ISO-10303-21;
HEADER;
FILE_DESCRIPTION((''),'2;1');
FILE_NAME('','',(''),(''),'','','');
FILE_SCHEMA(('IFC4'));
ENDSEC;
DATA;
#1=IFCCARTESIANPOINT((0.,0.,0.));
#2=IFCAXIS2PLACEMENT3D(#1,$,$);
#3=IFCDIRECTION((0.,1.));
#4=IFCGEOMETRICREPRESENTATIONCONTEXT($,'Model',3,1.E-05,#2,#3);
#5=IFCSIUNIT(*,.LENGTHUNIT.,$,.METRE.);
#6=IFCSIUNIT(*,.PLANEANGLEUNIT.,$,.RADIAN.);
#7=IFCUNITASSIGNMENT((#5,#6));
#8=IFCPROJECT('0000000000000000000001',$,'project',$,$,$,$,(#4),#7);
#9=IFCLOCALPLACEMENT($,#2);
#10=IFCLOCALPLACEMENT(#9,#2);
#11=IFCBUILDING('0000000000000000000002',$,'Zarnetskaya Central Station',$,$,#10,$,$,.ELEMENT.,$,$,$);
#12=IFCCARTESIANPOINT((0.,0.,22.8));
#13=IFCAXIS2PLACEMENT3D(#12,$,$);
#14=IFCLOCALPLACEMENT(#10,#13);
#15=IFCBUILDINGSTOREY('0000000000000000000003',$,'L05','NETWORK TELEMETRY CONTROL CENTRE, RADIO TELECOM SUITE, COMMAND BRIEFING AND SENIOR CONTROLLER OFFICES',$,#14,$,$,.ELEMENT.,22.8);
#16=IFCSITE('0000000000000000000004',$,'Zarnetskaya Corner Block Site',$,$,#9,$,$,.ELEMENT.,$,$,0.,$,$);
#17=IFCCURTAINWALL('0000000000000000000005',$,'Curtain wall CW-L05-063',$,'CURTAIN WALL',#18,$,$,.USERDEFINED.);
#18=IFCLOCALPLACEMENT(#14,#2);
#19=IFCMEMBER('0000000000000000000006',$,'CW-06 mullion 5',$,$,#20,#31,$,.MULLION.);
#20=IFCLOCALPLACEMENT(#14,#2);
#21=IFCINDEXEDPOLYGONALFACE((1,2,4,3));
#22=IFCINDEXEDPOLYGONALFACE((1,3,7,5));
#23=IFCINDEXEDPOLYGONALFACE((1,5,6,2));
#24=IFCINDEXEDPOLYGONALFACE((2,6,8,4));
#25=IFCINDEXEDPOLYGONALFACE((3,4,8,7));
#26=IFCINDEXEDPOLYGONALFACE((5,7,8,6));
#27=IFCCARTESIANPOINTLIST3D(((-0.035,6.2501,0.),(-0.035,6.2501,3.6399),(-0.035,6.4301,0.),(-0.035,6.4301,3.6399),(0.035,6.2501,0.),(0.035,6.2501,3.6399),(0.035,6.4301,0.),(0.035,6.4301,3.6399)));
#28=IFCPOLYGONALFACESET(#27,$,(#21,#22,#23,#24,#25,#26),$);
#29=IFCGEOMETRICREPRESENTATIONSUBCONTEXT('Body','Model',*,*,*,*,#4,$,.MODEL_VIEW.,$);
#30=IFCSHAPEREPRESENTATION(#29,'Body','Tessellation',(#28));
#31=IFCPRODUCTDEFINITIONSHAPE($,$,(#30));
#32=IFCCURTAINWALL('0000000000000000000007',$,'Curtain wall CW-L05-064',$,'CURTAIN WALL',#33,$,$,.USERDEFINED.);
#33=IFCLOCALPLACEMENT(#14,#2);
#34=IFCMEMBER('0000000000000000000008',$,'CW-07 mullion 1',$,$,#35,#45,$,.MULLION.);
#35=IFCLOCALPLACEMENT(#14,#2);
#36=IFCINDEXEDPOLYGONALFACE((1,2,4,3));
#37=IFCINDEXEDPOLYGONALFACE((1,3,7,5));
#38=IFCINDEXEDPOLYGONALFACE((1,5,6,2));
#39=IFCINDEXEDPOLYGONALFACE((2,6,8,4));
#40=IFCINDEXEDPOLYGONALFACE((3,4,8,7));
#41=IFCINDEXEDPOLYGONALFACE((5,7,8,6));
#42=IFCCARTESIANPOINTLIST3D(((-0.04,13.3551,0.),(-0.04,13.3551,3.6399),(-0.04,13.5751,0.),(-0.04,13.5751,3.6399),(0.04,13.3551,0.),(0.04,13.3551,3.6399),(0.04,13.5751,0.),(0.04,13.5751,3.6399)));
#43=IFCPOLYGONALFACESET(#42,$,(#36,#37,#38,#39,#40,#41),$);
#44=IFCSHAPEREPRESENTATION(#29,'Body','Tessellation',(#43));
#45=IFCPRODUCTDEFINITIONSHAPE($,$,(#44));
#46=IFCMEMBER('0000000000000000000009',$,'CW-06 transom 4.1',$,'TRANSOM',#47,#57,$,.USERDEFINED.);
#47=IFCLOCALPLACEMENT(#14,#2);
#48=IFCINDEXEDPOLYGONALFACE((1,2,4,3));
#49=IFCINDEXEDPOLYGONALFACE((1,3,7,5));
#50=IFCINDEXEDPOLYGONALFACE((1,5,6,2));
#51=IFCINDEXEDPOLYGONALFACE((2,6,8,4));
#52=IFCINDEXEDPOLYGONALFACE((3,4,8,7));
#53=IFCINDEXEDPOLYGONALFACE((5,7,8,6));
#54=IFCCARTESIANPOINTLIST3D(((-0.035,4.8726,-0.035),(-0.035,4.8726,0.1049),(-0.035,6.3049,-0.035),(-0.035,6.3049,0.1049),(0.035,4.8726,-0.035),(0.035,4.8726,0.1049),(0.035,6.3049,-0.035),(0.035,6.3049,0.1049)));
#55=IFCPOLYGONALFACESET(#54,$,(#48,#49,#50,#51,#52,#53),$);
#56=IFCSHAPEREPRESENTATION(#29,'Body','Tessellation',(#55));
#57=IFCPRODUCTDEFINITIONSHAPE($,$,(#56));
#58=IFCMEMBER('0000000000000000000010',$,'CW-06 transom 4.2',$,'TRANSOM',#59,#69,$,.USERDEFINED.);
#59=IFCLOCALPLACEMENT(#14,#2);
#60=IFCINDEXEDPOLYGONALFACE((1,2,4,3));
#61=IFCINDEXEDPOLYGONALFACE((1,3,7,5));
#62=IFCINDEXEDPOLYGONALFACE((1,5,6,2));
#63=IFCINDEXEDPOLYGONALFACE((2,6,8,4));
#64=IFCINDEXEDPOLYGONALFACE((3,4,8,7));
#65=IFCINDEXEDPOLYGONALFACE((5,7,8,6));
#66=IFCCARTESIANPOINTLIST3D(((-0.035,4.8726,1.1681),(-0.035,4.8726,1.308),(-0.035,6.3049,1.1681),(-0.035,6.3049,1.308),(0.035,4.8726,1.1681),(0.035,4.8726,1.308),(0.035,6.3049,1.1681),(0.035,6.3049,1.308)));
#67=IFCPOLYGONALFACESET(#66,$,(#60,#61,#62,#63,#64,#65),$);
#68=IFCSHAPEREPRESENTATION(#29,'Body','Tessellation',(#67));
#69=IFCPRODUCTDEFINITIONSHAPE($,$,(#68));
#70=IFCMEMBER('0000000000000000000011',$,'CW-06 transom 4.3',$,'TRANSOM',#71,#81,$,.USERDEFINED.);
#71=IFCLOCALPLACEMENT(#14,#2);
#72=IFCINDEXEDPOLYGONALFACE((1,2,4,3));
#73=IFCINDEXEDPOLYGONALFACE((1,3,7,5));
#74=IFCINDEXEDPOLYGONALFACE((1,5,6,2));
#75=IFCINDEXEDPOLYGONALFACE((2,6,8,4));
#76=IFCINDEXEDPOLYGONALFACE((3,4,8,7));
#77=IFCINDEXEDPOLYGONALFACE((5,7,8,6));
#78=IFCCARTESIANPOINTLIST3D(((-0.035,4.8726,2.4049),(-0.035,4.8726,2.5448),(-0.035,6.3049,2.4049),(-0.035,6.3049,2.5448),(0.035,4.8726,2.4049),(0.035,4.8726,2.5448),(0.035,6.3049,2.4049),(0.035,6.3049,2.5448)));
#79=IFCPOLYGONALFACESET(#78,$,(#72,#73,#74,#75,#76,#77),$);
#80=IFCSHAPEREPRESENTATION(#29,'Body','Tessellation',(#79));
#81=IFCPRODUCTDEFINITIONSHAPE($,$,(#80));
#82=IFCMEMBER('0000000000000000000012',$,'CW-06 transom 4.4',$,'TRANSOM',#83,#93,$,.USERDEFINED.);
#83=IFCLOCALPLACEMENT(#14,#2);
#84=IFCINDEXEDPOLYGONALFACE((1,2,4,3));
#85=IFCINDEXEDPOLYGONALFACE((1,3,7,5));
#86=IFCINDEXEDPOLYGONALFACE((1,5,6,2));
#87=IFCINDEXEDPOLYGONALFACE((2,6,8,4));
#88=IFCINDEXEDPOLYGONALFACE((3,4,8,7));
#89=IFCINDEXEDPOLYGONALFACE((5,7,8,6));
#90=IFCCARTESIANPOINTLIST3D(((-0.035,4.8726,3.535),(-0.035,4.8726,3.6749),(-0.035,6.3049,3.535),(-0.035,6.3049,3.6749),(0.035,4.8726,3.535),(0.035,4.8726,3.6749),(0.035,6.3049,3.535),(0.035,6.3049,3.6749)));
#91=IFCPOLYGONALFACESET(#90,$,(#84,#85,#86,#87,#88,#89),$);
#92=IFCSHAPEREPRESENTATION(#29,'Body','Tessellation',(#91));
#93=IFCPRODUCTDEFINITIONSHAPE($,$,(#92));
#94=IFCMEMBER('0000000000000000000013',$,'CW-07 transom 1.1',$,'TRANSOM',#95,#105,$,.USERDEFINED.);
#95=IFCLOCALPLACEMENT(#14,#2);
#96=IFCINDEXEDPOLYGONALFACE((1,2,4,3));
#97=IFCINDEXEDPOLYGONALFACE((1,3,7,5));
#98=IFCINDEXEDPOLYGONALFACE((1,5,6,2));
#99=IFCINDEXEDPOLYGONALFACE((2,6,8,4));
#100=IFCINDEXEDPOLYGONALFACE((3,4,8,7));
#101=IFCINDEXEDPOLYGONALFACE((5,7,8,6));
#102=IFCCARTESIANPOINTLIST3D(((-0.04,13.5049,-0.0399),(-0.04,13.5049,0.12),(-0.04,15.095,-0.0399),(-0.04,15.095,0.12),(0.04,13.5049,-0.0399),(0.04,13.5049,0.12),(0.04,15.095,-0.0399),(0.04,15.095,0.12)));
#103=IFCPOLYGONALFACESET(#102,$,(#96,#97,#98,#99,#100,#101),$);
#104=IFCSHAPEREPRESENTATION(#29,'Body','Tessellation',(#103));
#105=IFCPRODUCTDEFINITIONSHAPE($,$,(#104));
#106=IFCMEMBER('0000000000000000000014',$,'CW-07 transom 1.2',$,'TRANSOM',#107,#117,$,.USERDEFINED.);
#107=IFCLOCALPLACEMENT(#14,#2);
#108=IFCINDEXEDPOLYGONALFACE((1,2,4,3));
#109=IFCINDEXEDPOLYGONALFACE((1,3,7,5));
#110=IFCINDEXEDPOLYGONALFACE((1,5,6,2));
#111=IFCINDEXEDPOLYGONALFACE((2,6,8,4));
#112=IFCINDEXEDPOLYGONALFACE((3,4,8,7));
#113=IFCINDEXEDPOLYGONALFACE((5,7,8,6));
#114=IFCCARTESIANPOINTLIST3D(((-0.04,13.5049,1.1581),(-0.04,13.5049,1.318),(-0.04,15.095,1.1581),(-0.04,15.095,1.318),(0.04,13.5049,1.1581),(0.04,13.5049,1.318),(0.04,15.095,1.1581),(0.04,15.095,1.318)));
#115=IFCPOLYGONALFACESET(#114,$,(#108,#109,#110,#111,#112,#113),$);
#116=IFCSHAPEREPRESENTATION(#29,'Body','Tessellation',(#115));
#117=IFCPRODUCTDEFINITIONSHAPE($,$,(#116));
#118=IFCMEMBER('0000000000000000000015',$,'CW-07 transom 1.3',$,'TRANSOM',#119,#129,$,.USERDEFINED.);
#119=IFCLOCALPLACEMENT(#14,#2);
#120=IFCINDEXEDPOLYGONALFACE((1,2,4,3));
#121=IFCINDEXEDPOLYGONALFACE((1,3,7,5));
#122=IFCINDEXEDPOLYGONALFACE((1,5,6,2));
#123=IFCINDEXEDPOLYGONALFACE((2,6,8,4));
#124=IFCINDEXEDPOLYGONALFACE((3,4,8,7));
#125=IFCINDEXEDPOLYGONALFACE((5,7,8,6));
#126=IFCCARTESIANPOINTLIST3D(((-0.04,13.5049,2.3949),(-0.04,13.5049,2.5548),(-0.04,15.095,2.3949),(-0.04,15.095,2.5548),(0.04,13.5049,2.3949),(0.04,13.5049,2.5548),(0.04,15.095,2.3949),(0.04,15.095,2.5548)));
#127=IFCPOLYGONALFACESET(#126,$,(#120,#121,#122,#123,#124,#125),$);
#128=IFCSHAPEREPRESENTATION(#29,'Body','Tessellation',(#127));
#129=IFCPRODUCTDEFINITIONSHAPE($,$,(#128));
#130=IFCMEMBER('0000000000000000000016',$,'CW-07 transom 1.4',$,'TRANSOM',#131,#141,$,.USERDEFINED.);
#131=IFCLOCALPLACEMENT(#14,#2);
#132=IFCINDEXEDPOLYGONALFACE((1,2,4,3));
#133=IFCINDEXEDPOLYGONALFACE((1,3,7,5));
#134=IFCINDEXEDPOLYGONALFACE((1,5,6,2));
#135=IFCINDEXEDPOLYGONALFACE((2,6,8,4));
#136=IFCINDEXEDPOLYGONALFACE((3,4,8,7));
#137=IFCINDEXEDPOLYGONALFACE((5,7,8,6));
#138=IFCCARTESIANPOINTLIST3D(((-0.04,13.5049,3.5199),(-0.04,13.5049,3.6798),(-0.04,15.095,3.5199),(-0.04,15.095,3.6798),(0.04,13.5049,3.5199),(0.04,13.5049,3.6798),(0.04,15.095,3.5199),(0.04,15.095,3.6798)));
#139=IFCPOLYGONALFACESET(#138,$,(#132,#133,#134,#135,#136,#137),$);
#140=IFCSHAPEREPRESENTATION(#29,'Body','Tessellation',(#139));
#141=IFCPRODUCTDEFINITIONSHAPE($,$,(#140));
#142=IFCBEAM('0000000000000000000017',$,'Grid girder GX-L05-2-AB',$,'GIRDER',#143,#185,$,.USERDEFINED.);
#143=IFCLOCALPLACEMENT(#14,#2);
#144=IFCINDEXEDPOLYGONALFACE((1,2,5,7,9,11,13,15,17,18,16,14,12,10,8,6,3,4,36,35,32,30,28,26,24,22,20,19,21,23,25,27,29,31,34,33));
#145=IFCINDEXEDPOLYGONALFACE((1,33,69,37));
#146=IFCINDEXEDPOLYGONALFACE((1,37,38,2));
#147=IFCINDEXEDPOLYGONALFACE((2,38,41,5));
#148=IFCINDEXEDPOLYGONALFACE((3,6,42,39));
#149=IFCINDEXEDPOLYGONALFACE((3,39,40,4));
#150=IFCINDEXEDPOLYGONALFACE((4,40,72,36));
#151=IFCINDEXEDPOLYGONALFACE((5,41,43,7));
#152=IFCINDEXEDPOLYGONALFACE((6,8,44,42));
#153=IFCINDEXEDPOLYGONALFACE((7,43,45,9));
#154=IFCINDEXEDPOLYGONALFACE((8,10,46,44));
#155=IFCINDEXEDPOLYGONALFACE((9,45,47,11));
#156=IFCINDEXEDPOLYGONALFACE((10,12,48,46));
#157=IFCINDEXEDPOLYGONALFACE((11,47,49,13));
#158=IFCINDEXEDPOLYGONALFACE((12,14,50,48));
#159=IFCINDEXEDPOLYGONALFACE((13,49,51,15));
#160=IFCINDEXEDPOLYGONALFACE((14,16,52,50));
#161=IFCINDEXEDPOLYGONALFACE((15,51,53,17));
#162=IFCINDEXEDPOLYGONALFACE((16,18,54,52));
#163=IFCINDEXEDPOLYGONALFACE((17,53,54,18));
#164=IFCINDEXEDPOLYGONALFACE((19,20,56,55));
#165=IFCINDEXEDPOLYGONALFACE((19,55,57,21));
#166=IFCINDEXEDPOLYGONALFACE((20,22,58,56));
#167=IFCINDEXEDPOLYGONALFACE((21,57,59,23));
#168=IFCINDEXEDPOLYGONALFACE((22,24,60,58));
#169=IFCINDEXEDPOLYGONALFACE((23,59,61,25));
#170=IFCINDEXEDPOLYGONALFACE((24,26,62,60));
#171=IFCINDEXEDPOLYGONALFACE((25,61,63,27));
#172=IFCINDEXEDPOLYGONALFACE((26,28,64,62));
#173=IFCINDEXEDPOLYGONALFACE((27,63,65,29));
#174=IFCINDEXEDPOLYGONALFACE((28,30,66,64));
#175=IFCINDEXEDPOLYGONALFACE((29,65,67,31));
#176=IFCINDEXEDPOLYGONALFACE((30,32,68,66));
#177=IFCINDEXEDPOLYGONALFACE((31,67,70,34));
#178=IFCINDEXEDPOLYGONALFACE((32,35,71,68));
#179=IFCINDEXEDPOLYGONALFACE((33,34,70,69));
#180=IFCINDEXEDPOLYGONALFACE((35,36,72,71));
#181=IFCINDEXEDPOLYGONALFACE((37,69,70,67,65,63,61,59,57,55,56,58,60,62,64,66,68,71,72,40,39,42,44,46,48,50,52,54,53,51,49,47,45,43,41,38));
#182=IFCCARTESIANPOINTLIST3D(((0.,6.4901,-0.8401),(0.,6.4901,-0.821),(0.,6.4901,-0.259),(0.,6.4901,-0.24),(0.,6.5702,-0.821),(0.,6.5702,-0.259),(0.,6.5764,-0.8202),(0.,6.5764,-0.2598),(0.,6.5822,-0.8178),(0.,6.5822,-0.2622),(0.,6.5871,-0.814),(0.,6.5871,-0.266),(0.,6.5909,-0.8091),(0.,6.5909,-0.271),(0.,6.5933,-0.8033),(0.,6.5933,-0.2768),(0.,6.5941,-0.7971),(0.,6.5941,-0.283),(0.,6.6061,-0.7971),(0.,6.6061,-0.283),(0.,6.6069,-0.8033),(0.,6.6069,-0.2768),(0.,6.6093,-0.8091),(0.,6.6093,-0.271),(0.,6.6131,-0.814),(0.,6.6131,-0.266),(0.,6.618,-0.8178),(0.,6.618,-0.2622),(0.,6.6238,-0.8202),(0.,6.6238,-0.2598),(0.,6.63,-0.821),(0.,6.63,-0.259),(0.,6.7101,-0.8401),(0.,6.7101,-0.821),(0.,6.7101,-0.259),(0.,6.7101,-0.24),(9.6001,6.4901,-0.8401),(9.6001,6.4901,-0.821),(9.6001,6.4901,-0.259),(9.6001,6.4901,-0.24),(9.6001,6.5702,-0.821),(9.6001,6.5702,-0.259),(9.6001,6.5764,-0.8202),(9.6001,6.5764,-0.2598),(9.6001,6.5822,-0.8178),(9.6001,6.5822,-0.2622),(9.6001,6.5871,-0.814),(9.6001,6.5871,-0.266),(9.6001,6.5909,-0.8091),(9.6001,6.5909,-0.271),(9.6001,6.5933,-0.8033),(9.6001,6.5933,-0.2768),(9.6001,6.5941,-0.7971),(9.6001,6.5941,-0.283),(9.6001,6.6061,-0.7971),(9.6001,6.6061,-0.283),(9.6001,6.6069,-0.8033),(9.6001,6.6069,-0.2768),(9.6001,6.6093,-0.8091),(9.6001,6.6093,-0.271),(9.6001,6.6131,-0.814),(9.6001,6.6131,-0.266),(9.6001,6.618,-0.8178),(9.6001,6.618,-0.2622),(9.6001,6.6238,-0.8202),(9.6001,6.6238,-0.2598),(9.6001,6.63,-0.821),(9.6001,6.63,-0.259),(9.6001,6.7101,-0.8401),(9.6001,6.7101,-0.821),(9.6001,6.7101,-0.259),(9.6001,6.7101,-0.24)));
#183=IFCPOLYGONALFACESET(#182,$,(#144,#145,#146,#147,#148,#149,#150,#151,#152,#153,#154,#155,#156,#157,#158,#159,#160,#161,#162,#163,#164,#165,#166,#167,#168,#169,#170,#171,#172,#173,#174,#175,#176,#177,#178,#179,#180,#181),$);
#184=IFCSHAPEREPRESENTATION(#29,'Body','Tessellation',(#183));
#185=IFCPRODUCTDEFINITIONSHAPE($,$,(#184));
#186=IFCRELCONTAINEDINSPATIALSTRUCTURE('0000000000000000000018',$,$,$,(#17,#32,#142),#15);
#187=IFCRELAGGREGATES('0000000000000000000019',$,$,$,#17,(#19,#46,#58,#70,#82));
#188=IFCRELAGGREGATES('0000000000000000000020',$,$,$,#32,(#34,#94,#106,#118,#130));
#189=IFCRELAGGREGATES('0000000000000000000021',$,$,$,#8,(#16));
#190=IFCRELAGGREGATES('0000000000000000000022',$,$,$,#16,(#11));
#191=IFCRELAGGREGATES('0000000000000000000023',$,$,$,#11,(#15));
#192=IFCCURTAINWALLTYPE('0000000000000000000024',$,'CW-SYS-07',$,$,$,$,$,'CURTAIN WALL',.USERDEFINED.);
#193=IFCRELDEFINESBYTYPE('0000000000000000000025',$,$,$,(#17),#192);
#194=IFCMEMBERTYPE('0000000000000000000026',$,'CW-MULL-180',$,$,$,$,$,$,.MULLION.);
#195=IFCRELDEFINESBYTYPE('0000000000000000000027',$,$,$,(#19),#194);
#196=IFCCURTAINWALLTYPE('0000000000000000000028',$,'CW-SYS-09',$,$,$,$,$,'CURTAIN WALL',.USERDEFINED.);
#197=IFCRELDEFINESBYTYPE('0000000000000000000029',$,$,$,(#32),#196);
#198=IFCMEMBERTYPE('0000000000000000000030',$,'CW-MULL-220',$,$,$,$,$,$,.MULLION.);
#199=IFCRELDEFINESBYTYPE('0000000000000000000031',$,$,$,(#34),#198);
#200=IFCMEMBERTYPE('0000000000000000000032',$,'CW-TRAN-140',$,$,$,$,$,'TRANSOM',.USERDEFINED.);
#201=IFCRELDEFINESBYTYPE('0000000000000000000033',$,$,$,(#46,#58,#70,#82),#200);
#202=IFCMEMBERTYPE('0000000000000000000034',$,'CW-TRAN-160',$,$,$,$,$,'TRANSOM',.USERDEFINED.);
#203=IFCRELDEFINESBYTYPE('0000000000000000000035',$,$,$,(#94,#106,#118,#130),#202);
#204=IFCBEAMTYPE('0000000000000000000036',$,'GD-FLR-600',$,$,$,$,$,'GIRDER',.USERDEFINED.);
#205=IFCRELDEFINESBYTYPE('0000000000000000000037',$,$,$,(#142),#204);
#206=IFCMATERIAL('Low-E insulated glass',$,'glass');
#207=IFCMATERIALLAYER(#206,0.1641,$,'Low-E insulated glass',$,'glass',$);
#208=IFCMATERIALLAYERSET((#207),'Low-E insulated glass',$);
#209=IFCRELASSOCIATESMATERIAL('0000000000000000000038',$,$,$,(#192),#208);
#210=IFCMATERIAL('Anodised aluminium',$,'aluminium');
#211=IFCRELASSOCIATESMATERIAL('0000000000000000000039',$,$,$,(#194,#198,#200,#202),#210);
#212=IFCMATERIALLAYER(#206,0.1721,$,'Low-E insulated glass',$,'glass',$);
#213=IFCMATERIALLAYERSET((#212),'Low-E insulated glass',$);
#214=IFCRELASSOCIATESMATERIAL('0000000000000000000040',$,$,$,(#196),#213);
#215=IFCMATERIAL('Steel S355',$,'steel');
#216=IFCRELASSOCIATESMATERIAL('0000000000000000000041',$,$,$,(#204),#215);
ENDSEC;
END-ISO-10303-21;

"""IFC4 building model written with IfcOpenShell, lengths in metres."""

from ifc_helpers import new_model, si_unit, direction, frame, origin, origin_2d, place, context, subcontext, project, spatial, rectangle, i_section, extrude, material, layer, layer_set, material_profile, profile_set, type_object, element, aggregate, save


model = new_model("IFC4")

# Units and contexts
model_context = context("Model", 3, precision=1e-05, world=origin(), true_north=direction((0.0, 1.0)))
body_context = subcontext(model_context, "Body", "Model", "MODEL_VIEW")
ifc_project = project(units=[si_unit("LENGTHUNIT", "METRE"), si_unit("PLANEANGLEUNIT", "RADIAN")], contexts=[model_context])

# Site, building, storey
site_placement = place(None, origin())
site = spatial("IfcSite", under=ifc_project, at=site_placement, Name="Zarnetskaya Corner Block Site", CompositionType="ELEMENT", RefElevation=0.0)
building_placement = place(site_placement, origin())
building = spatial("IfcBuilding", under=site, at=building_placement, Name="Zarnetskaya Central Station", CompositionType="ELEMENT")
storey_placement = place(building_placement, frame((0.0, 0.0, 22.8)))
storey = spatial("IfcBuildingStorey", under=building, at=storey_placement, Name="L05", Description="NETWORK TELEMETRY CONTROL CENTRE, RADIO TELECOM SUITE, COMMAND BRIEFING AND SENIOR CONTROLLER OFFICES", CompositionType="ELEMENT", Elevation=22.8)

# Shared definitions
ifc_material_1 = material(Name="Steel S355", Category="steel")

# Curtain walls, members
ifc_material_2 = material(Name="Low-E insulated glass", Category="glass")
ifc_layer_1 = layer(ifc_material_2, 0.1641, Name="Low-E insulated glass", Category="glass")
ifc_layer_set_1 = layer_set([ifc_layer_1], Name="Low-E insulated glass")
curtain_wall_type_1 = type_object("IfcCurtainWallType", Name="CW-SYS-07", ElementType="CURTAIN WALL", PredefinedType="USERDEFINED", material=ifc_layer_set_1)
curtain_wall_1_placement = place(storey_placement, origin())
curtain_wall_1 = element("IfcCurtainWall", 1, at=curtain_wall_1_placement, inside=storey, type_object=curtain_wall_type_1, Name="Curtain wall CW-L05-063", ObjectType="CURTAIN WALL", PredefinedType="USERDEFINED")
ifc_material_3 = material(Name="Anodised aluminium", Category="aluminium")
ifc_material_profile_1 = material_profile(ifc_material_3, rectangle(XDim=0.0701, YDim=0.1799, at=origin_2d()), Name="ALU MULL 70x180")
ifc_profile_set_1 = profile_set([ifc_material_profile_1], Name="Anodised aluminium")
member_type_1 = type_object("IfcMemberType", Name="CW-MULL-180", PredefinedType="MULLION", material=ifc_profile_set_1)
member_1_placement = place(storey_placement, frame((0.0, 6.3401, 0.0), z_axis=(0.0, 0.0, 1.0), x_axis=(-1.0, 0.0, 0.0)))
member_1 = element("IfcMember", 2, at=member_1_placement, type_object=member_type_1, Name="CW-06 mullion 5", PredefinedType="MULLION", context=body_context, shape_type="SweptSolid", body=[
    extrude(rectangle(XDim=0.0701, YDim=0.1799, at=origin_2d()), origin(), (0.0, 0.0, 1.0), 3.6399),
])
ifc_layer_2 = layer(ifc_material_2, 0.1721, Name="Low-E insulated glass", Category="glass")
ifc_layer_set_2 = layer_set([ifc_layer_2], Name="Low-E insulated glass")
curtain_wall_type_2 = type_object("IfcCurtainWallType", Name="CW-SYS-09", ElementType="CURTAIN WALL", PredefinedType="USERDEFINED", material=ifc_layer_set_2)
curtain_wall_2_placement = place(storey_placement, origin())
curtain_wall_2 = element("IfcCurtainWall", 3, at=curtain_wall_2_placement, inside=storey, type_object=curtain_wall_type_2, Name="Curtain wall CW-L05-064", ObjectType="CURTAIN WALL", PredefinedType="USERDEFINED")
ifc_material_profile_2 = material_profile(ifc_material_3, rectangle(XDim=0.0801, YDim=0.22, at=origin_2d()), Name="ALU MULL 80x220")
ifc_profile_set_2 = profile_set([ifc_material_profile_2], Name="Anodised aluminium")
member_type_2 = type_object("IfcMemberType", Name="CW-MULL-220", PredefinedType="MULLION", material=ifc_profile_set_2)
member_2_placement = place(storey_placement, frame((0.0, 13.4651, 0.0), z_axis=(0.0, 0.0, 1.0), x_axis=(-1.0, 0.0, 0.0)))
member_2 = element("IfcMember", 4, at=member_2_placement, type_object=member_type_2, Name="CW-07 mullion 1", PredefinedType="MULLION", context=body_context, shape_type="SweptSolid", body=[
    extrude(rectangle(XDim=0.0801, YDim=0.22, at=origin_2d()), origin(), (0.0, 0.0, 1.0), 3.6399),
])

# Members
ifc_material_profile_3 = material_profile(ifc_material_3, rectangle(XDim=0.0701, YDim=0.1399, at=origin_2d()), Name="ALU TRAN 70x140")
ifc_profile_set_3 = profile_set([ifc_material_profile_3], Name="Anodised aluminium")
member_type_3 = type_object("IfcMemberType", Name="CW-TRAN-140", ElementType="TRANSOM", PredefinedType="USERDEFINED", material=ifc_profile_set_3)
member_3_placement = place(storey_placement, frame((0.0, 4.8726, 0.0349), z_axis=(0.0, 1.0, 0.0), x_axis=(-1.0, 0.0, 0.0)))
member_3 = element("IfcMember", 5, at=member_3_placement, type_object=member_type_3, Name="CW-06 transom 4.1", ObjectType="TRANSOM", PredefinedType="USERDEFINED", context=body_context, shape_type="SweptSolid", body=[
    extrude(rectangle(XDim=0.0701, YDim=0.1399, at=origin_2d()), origin(), (0.0, 0.0, 1.0), 1.4324),
])
member_4_placement = place(storey_placement, frame((0.0, 4.8726, 1.238), z_axis=(0.0, 1.0, 0.0), x_axis=(-1.0, 0.0, 0.0)))
member_4 = element("IfcMember", 6, at=member_4_placement, type_object=member_type_3, Name="CW-06 transom 4.2", ObjectType="TRANSOM", PredefinedType="USERDEFINED", context=body_context, shape_type="SweptSolid", body=[
    extrude(rectangle(XDim=0.0701, YDim=0.1399, at=origin_2d()), origin(), (0.0, 0.0, 1.0), 1.4324),
])
member_5_placement = place(storey_placement, frame((0.0, 4.8726, 2.4749), z_axis=(0.0, 1.0, 0.0), x_axis=(-1.0, 0.0, 0.0)))
member_5 = element("IfcMember", 7, at=member_5_placement, type_object=member_type_3, Name="CW-06 transom 4.3", ObjectType="TRANSOM", PredefinedType="USERDEFINED", context=body_context, shape_type="SweptSolid", body=[
    extrude(rectangle(XDim=0.0701, YDim=0.1399, at=origin_2d()), origin(), (0.0, 0.0, 1.0), 1.4324),
])
member_6_placement = place(storey_placement, frame((0.0, 4.8726, 3.605), z_axis=(0.0, 1.0, 0.0), x_axis=(-1.0, 0.0, 0.0)))
member_6 = element("IfcMember", 8, at=member_6_placement, type_object=member_type_3, Name="CW-06 transom 4.4", ObjectType="TRANSOM", PredefinedType="USERDEFINED", context=body_context, shape_type="SweptSolid", body=[
    extrude(rectangle(XDim=0.0701, YDim=0.1399, at=origin_2d()), origin(), (0.0, 0.0, 1.0), 1.4324),
])
ifc_material_profile_4 = material_profile(ifc_material_3, rectangle(XDim=0.0801, YDim=0.1599, at=origin_2d()), Name="ALU TRAN 80x160")
ifc_profile_set_4 = profile_set([ifc_material_profile_4], Name="Anodised aluminium")
member_type_4 = type_object("IfcMemberType", Name="CW-TRAN-160", ElementType="TRANSOM", PredefinedType="USERDEFINED", material=ifc_profile_set_4)
member_7_placement = place(storey_placement, frame((0.0, 13.5049, 0.04), z_axis=(0.0, 1.0, 0.0), x_axis=(-1.0, 0.0, 0.0)))
member_7 = element("IfcMember", 9, at=member_7_placement, type_object=member_type_4, Name="CW-07 transom 1.1", ObjectType="TRANSOM", PredefinedType="USERDEFINED", context=body_context, shape_type="SweptSolid", body=[
    extrude(rectangle(XDim=0.0801, YDim=0.1599, at=origin_2d()), origin(), (0.0, 0.0, 1.0), 1.5901),
])
member_8_placement = place(storey_placement, frame((0.0, 13.5049, 1.238), z_axis=(0.0, 1.0, 0.0), x_axis=(-1.0, 0.0, 0.0)))
member_8 = element("IfcMember", 10, at=member_8_placement, type_object=member_type_4, Name="CW-07 transom 1.2", ObjectType="TRANSOM", PredefinedType="USERDEFINED", context=body_context, shape_type="SweptSolid", body=[
    extrude(rectangle(XDim=0.0801, YDim=0.1599, at=origin_2d()), origin(), (0.0, 0.0, 1.0), 1.5901),
])
member_9_placement = place(storey_placement, frame((0.0, 13.5049, 2.4749), z_axis=(0.0, 1.0, 0.0), x_axis=(-1.0, 0.0, 0.0)))
member_9 = element("IfcMember", 11, at=member_9_placement, type_object=member_type_4, Name="CW-07 transom 1.3", ObjectType="TRANSOM", PredefinedType="USERDEFINED", context=body_context, shape_type="SweptSolid", body=[
    extrude(rectangle(XDim=0.0801, YDim=0.1599, at=origin_2d()), origin(), (0.0, 0.0, 1.0), 1.5901),
])
member_10_placement = place(storey_placement, frame((0.0, 13.5049, 3.5999), z_axis=(0.0, 1.0, 0.0), x_axis=(-1.0, 0.0, 0.0)))
member_10 = element("IfcMember", 12, at=member_10_placement, type_object=member_type_4, Name="CW-07 transom 1.4", ObjectType="TRANSOM", PredefinedType="USERDEFINED", context=body_context, shape_type="SweptSolid", body=[
    extrude(rectangle(XDim=0.0801, YDim=0.1599, at=origin_2d()), origin(), (0.0, 0.0, 1.0), 1.5901),
])

# Beam
ifc_material_profile_5 = material_profile(ifc_material_1, i_section(OverallWidth=0.22, OverallDepth=0.6001, WebThickness=0.012, FlangeThickness=0.019, FilletRadius=0.0239, at=origin_2d()), Name="IPE 600")
ifc_profile_set_5 = profile_set([ifc_material_profile_5], Name="Steel S355")
beam_type_1 = type_object("IfcBeamType", Name="GD-FLR-600", ElementType="GIRDER", PredefinedType="USERDEFINED", material=ifc_profile_set_5)
for number, where, z_axis, x_axis, name in (
    (13, (0.0, 6.6001, -0.54), (1.0, 0.0, 0.0), (0.0, 1.0, 0.0), "Grid girder GX-L05-2-AB"),
):
    element("IfcBeam", number, at=place(storey_placement, frame(where, z_axis=z_axis, x_axis=x_axis)), inside=storey, type_object=beam_type_1, Name=name, ObjectType="GIRDER", PredefinedType="USERDEFINED", context=body_context, shape_type="SweptSolid", body=[
        extrude(i_section(OverallWidth=0.22, OverallDepth=0.6001, WebThickness=0.012, FlangeThickness=0.019, FilletRadius=0.0239, at=origin_2d()), origin(), (0.0, 0.0, 1.0), 9.6001),
    ])

aggregate(curtain_wall_1, [member_1, member_3, member_4, member_5, member_6])
aggregate(curtain_wall_2, [member_2, member_7, member_8, member_9, member_10])

save(model, "model.ifc")
